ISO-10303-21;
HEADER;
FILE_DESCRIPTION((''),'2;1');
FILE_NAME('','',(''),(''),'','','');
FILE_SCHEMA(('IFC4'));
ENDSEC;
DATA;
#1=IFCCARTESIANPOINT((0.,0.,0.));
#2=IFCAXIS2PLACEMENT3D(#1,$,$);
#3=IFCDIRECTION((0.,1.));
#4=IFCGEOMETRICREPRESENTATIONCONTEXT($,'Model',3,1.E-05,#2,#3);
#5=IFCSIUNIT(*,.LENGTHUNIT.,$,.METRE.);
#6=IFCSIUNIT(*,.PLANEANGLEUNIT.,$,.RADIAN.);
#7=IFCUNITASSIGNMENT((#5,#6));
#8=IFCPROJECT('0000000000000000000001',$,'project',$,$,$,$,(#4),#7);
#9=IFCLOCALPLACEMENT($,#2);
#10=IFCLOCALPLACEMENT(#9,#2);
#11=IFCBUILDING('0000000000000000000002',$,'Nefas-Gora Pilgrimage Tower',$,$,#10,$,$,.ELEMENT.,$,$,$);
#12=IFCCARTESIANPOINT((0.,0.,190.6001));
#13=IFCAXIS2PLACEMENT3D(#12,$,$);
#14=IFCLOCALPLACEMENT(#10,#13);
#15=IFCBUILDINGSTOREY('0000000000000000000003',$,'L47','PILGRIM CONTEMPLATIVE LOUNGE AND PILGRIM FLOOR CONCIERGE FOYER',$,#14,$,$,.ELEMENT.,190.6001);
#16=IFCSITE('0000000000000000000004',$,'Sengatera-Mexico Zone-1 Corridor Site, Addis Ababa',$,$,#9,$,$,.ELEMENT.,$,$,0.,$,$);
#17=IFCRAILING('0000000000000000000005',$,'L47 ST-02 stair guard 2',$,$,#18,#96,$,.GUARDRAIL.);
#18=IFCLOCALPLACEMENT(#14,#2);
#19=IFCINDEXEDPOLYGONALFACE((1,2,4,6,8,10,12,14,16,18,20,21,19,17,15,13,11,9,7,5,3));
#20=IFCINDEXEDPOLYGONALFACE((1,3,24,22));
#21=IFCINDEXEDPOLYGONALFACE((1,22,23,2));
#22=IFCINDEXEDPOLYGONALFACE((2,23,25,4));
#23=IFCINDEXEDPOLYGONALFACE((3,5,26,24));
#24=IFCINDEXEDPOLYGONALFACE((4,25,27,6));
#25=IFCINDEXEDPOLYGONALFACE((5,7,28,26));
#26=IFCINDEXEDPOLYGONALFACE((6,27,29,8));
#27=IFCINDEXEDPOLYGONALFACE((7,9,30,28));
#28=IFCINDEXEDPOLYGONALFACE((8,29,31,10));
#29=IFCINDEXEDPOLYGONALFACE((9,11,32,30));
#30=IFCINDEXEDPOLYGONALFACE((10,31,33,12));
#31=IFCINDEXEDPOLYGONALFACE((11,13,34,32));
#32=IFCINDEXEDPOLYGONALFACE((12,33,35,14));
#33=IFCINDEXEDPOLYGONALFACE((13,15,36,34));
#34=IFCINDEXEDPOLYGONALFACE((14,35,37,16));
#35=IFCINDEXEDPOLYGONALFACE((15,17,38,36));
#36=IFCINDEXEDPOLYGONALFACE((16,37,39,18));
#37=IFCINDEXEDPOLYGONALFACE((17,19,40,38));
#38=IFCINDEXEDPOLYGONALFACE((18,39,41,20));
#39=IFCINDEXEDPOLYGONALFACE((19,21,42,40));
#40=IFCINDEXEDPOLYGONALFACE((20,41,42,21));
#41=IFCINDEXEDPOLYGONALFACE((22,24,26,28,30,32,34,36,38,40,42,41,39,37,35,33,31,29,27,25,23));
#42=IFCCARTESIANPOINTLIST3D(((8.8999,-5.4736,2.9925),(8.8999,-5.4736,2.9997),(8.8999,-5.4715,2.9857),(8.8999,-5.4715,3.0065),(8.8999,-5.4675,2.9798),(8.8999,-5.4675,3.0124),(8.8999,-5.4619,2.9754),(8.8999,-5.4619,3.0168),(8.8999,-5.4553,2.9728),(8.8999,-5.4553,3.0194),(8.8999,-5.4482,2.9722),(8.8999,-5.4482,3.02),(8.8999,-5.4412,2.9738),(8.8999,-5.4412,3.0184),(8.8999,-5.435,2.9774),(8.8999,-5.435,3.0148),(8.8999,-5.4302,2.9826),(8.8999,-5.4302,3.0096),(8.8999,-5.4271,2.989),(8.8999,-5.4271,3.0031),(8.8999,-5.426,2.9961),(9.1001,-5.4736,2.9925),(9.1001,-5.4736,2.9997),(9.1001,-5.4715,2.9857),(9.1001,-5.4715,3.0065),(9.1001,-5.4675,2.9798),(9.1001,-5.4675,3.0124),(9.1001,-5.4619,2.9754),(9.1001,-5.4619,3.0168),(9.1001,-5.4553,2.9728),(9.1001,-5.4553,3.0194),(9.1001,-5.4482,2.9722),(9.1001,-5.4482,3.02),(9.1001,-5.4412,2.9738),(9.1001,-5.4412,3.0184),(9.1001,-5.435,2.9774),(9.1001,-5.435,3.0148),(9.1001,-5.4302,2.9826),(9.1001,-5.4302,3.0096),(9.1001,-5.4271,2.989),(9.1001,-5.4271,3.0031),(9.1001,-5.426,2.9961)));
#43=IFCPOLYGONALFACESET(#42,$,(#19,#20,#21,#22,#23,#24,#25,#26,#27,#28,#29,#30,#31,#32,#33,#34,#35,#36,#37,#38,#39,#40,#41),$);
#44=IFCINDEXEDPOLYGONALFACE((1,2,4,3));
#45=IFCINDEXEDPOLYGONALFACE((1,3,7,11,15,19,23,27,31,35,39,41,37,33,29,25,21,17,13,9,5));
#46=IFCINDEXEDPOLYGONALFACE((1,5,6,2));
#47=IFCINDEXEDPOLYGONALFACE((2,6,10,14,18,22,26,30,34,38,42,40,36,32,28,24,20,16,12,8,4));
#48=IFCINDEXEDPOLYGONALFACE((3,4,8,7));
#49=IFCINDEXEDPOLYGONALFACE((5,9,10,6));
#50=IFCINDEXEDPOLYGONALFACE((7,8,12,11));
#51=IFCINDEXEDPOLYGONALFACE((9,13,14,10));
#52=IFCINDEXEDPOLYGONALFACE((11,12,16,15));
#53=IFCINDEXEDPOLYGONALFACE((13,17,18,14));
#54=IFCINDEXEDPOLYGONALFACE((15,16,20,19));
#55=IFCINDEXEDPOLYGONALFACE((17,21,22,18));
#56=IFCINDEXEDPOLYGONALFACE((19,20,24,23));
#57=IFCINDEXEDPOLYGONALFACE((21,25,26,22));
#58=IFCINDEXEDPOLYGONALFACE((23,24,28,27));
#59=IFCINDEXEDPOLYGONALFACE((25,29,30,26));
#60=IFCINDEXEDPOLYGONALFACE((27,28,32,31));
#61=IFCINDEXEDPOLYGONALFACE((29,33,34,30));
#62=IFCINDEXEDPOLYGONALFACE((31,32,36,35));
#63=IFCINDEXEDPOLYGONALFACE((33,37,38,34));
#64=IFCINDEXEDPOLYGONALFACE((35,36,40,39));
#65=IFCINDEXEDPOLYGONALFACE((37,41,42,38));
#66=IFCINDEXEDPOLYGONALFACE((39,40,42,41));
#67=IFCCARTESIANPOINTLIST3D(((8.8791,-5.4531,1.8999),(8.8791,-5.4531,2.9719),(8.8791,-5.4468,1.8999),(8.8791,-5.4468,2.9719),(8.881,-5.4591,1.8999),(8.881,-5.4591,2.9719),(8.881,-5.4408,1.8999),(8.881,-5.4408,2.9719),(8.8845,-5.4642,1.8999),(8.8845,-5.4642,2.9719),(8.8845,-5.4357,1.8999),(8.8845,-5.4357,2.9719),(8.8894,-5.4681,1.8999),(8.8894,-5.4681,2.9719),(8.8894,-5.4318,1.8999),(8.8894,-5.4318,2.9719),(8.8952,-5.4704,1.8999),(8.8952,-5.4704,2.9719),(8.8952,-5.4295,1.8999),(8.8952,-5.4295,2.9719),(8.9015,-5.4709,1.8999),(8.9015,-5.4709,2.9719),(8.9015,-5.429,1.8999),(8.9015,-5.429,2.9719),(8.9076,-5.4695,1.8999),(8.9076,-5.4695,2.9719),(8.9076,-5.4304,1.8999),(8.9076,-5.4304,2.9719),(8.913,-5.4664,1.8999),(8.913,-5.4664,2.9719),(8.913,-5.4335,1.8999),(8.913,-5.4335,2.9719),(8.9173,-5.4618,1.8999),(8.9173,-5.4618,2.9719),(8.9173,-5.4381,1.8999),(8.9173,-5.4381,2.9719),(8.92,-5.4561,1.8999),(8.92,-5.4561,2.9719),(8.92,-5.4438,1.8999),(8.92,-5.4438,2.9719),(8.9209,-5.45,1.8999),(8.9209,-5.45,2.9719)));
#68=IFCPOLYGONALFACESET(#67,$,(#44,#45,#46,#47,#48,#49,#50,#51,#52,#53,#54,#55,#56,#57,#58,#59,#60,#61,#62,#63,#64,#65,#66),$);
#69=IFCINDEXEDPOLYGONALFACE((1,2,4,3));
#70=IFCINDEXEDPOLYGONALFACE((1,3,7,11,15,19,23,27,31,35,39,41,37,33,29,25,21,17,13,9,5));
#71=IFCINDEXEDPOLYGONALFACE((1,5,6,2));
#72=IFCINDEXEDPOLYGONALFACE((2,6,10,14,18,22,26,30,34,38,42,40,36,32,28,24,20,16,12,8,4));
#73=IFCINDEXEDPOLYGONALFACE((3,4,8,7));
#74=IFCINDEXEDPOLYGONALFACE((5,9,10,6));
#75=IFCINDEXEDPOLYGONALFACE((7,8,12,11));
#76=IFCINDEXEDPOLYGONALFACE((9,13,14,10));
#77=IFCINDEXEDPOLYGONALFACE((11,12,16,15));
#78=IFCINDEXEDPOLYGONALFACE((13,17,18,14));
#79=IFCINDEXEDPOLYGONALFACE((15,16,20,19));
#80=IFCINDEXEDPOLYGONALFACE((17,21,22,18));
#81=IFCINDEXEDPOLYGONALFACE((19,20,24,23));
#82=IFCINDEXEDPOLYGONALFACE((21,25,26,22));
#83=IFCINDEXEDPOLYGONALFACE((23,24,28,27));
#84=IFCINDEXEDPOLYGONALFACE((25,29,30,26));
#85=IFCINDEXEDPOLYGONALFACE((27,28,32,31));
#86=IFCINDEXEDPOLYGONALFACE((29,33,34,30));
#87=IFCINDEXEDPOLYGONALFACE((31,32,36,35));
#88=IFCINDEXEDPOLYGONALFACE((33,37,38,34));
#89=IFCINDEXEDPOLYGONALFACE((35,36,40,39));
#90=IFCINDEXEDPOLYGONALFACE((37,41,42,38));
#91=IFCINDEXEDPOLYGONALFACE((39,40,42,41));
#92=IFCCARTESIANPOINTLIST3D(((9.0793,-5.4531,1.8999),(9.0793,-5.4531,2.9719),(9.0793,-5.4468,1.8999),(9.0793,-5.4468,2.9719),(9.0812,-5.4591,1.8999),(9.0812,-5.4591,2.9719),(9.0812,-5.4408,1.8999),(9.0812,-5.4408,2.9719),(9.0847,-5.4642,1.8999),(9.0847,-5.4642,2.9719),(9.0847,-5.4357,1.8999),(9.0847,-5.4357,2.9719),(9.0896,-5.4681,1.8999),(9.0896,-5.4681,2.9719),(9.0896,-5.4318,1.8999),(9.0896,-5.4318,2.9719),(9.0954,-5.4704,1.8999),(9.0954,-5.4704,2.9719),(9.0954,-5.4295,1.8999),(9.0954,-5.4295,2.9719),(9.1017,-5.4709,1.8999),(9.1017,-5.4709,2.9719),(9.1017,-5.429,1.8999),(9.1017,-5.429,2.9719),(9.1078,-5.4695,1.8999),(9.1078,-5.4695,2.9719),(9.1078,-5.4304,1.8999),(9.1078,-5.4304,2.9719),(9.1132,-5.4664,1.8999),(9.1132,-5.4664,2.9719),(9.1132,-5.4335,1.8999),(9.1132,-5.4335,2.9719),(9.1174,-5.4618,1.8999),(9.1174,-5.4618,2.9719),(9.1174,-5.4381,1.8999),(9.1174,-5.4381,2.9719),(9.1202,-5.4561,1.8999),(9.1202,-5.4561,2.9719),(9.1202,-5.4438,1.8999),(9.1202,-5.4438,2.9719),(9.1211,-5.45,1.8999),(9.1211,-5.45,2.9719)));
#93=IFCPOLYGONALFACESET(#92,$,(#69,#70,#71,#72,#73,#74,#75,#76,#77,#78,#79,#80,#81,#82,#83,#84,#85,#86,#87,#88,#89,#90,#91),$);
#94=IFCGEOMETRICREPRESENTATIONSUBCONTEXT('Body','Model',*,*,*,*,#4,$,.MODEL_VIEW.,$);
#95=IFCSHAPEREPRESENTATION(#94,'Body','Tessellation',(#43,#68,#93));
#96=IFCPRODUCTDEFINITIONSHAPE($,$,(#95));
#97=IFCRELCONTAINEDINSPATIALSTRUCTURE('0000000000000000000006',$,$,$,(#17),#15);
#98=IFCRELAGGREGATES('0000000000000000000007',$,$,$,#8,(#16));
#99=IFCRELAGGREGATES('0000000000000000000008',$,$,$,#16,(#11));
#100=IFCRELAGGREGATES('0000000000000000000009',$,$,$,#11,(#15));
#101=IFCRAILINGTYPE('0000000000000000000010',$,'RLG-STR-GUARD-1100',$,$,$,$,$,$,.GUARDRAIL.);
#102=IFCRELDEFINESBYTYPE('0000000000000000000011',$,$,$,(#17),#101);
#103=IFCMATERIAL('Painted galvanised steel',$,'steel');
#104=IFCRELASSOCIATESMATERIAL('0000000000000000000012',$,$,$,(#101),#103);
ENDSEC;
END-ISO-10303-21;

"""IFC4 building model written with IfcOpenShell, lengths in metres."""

from ifc_helpers import new_model, si_unit, direction, frame, origin, origin_2d, place, context, subcontext, project, spatial, circle, extrude, material, type_object, element, save


model = new_model("IFC4")

# Units and contexts
model_context = context("Model", 3, precision=1e-05, world=origin(), true_north=direction((0.0, 1.0)))
body_context = subcontext(model_context, "Body", "Model", "MODEL_VIEW")
ifc_project = project(units=[si_unit("LENGTHUNIT", "METRE"), si_unit("PLANEANGLEUNIT", "RADIAN")], contexts=[model_context])

# Site, building, storey
site_placement = place(None, origin())
site = spatial("IfcSite", under=ifc_project, at=site_placement, Name="Sengatera-Mexico Zone-1 Corridor Site, Addis Ababa", CompositionType="ELEMENT", RefElevation=0.0)
building_placement = place(site_placement, origin())
building = spatial("IfcBuilding", under=site, at=building_placement, Name="Nefas-Gora Pilgrimage Tower", CompositionType="ELEMENT")
storey_placement = place(building_placement, frame((0.0, 0.0, 190.6001)))
storey = spatial("IfcBuildingStorey", under=building, at=storey_placement, Name="L47", Description="PILGRIM CONTEMPLATIVE LOUNGE AND PILGRIM FLOOR CONCIERGE FOYER", CompositionType="ELEMENT", Elevation=190.6001)

# Railing
ifc_material_1 = material(Name="Painted galvanised steel", Category="steel")
railing_type_1 = type_object("IfcRailingType", Name="RLG-STR-GUARD-1100", PredefinedType="GUARDRAIL", material=ifc_material_1)
railing_1_placement = place(storey_placement, frame((8.8999, -5.45, 1.8999)))
element("IfcRailing", 1, at=railing_1_placement, inside=storey, type_object=railing_type_1, Name="L47 ST-02 stair guard 2", PredefinedType="GUARDRAIL", context=body_context, shape_type="SweptSolid", body=[
    extrude(circle(Radius=0.0239, at=origin_2d()), frame((0.0, 0.0, 1.0962), z_axis=(1.0, 0.0, 0.0), x_axis=(0.0, 1.0, 0.0)), (0.0, 0.0, 1.0), 0.2002),
    extrude(circle(Radius=0.021, at=origin_2d()), origin(), (0.0, 0.0, 1.0), 1.072),
    extrude(circle(Radius=0.021, at=origin_2d()), frame((0.2002, 0.0, 0.0)), (0.0, 0.0, 1.0), 1.072),
])

save(model, "model.ifc")
